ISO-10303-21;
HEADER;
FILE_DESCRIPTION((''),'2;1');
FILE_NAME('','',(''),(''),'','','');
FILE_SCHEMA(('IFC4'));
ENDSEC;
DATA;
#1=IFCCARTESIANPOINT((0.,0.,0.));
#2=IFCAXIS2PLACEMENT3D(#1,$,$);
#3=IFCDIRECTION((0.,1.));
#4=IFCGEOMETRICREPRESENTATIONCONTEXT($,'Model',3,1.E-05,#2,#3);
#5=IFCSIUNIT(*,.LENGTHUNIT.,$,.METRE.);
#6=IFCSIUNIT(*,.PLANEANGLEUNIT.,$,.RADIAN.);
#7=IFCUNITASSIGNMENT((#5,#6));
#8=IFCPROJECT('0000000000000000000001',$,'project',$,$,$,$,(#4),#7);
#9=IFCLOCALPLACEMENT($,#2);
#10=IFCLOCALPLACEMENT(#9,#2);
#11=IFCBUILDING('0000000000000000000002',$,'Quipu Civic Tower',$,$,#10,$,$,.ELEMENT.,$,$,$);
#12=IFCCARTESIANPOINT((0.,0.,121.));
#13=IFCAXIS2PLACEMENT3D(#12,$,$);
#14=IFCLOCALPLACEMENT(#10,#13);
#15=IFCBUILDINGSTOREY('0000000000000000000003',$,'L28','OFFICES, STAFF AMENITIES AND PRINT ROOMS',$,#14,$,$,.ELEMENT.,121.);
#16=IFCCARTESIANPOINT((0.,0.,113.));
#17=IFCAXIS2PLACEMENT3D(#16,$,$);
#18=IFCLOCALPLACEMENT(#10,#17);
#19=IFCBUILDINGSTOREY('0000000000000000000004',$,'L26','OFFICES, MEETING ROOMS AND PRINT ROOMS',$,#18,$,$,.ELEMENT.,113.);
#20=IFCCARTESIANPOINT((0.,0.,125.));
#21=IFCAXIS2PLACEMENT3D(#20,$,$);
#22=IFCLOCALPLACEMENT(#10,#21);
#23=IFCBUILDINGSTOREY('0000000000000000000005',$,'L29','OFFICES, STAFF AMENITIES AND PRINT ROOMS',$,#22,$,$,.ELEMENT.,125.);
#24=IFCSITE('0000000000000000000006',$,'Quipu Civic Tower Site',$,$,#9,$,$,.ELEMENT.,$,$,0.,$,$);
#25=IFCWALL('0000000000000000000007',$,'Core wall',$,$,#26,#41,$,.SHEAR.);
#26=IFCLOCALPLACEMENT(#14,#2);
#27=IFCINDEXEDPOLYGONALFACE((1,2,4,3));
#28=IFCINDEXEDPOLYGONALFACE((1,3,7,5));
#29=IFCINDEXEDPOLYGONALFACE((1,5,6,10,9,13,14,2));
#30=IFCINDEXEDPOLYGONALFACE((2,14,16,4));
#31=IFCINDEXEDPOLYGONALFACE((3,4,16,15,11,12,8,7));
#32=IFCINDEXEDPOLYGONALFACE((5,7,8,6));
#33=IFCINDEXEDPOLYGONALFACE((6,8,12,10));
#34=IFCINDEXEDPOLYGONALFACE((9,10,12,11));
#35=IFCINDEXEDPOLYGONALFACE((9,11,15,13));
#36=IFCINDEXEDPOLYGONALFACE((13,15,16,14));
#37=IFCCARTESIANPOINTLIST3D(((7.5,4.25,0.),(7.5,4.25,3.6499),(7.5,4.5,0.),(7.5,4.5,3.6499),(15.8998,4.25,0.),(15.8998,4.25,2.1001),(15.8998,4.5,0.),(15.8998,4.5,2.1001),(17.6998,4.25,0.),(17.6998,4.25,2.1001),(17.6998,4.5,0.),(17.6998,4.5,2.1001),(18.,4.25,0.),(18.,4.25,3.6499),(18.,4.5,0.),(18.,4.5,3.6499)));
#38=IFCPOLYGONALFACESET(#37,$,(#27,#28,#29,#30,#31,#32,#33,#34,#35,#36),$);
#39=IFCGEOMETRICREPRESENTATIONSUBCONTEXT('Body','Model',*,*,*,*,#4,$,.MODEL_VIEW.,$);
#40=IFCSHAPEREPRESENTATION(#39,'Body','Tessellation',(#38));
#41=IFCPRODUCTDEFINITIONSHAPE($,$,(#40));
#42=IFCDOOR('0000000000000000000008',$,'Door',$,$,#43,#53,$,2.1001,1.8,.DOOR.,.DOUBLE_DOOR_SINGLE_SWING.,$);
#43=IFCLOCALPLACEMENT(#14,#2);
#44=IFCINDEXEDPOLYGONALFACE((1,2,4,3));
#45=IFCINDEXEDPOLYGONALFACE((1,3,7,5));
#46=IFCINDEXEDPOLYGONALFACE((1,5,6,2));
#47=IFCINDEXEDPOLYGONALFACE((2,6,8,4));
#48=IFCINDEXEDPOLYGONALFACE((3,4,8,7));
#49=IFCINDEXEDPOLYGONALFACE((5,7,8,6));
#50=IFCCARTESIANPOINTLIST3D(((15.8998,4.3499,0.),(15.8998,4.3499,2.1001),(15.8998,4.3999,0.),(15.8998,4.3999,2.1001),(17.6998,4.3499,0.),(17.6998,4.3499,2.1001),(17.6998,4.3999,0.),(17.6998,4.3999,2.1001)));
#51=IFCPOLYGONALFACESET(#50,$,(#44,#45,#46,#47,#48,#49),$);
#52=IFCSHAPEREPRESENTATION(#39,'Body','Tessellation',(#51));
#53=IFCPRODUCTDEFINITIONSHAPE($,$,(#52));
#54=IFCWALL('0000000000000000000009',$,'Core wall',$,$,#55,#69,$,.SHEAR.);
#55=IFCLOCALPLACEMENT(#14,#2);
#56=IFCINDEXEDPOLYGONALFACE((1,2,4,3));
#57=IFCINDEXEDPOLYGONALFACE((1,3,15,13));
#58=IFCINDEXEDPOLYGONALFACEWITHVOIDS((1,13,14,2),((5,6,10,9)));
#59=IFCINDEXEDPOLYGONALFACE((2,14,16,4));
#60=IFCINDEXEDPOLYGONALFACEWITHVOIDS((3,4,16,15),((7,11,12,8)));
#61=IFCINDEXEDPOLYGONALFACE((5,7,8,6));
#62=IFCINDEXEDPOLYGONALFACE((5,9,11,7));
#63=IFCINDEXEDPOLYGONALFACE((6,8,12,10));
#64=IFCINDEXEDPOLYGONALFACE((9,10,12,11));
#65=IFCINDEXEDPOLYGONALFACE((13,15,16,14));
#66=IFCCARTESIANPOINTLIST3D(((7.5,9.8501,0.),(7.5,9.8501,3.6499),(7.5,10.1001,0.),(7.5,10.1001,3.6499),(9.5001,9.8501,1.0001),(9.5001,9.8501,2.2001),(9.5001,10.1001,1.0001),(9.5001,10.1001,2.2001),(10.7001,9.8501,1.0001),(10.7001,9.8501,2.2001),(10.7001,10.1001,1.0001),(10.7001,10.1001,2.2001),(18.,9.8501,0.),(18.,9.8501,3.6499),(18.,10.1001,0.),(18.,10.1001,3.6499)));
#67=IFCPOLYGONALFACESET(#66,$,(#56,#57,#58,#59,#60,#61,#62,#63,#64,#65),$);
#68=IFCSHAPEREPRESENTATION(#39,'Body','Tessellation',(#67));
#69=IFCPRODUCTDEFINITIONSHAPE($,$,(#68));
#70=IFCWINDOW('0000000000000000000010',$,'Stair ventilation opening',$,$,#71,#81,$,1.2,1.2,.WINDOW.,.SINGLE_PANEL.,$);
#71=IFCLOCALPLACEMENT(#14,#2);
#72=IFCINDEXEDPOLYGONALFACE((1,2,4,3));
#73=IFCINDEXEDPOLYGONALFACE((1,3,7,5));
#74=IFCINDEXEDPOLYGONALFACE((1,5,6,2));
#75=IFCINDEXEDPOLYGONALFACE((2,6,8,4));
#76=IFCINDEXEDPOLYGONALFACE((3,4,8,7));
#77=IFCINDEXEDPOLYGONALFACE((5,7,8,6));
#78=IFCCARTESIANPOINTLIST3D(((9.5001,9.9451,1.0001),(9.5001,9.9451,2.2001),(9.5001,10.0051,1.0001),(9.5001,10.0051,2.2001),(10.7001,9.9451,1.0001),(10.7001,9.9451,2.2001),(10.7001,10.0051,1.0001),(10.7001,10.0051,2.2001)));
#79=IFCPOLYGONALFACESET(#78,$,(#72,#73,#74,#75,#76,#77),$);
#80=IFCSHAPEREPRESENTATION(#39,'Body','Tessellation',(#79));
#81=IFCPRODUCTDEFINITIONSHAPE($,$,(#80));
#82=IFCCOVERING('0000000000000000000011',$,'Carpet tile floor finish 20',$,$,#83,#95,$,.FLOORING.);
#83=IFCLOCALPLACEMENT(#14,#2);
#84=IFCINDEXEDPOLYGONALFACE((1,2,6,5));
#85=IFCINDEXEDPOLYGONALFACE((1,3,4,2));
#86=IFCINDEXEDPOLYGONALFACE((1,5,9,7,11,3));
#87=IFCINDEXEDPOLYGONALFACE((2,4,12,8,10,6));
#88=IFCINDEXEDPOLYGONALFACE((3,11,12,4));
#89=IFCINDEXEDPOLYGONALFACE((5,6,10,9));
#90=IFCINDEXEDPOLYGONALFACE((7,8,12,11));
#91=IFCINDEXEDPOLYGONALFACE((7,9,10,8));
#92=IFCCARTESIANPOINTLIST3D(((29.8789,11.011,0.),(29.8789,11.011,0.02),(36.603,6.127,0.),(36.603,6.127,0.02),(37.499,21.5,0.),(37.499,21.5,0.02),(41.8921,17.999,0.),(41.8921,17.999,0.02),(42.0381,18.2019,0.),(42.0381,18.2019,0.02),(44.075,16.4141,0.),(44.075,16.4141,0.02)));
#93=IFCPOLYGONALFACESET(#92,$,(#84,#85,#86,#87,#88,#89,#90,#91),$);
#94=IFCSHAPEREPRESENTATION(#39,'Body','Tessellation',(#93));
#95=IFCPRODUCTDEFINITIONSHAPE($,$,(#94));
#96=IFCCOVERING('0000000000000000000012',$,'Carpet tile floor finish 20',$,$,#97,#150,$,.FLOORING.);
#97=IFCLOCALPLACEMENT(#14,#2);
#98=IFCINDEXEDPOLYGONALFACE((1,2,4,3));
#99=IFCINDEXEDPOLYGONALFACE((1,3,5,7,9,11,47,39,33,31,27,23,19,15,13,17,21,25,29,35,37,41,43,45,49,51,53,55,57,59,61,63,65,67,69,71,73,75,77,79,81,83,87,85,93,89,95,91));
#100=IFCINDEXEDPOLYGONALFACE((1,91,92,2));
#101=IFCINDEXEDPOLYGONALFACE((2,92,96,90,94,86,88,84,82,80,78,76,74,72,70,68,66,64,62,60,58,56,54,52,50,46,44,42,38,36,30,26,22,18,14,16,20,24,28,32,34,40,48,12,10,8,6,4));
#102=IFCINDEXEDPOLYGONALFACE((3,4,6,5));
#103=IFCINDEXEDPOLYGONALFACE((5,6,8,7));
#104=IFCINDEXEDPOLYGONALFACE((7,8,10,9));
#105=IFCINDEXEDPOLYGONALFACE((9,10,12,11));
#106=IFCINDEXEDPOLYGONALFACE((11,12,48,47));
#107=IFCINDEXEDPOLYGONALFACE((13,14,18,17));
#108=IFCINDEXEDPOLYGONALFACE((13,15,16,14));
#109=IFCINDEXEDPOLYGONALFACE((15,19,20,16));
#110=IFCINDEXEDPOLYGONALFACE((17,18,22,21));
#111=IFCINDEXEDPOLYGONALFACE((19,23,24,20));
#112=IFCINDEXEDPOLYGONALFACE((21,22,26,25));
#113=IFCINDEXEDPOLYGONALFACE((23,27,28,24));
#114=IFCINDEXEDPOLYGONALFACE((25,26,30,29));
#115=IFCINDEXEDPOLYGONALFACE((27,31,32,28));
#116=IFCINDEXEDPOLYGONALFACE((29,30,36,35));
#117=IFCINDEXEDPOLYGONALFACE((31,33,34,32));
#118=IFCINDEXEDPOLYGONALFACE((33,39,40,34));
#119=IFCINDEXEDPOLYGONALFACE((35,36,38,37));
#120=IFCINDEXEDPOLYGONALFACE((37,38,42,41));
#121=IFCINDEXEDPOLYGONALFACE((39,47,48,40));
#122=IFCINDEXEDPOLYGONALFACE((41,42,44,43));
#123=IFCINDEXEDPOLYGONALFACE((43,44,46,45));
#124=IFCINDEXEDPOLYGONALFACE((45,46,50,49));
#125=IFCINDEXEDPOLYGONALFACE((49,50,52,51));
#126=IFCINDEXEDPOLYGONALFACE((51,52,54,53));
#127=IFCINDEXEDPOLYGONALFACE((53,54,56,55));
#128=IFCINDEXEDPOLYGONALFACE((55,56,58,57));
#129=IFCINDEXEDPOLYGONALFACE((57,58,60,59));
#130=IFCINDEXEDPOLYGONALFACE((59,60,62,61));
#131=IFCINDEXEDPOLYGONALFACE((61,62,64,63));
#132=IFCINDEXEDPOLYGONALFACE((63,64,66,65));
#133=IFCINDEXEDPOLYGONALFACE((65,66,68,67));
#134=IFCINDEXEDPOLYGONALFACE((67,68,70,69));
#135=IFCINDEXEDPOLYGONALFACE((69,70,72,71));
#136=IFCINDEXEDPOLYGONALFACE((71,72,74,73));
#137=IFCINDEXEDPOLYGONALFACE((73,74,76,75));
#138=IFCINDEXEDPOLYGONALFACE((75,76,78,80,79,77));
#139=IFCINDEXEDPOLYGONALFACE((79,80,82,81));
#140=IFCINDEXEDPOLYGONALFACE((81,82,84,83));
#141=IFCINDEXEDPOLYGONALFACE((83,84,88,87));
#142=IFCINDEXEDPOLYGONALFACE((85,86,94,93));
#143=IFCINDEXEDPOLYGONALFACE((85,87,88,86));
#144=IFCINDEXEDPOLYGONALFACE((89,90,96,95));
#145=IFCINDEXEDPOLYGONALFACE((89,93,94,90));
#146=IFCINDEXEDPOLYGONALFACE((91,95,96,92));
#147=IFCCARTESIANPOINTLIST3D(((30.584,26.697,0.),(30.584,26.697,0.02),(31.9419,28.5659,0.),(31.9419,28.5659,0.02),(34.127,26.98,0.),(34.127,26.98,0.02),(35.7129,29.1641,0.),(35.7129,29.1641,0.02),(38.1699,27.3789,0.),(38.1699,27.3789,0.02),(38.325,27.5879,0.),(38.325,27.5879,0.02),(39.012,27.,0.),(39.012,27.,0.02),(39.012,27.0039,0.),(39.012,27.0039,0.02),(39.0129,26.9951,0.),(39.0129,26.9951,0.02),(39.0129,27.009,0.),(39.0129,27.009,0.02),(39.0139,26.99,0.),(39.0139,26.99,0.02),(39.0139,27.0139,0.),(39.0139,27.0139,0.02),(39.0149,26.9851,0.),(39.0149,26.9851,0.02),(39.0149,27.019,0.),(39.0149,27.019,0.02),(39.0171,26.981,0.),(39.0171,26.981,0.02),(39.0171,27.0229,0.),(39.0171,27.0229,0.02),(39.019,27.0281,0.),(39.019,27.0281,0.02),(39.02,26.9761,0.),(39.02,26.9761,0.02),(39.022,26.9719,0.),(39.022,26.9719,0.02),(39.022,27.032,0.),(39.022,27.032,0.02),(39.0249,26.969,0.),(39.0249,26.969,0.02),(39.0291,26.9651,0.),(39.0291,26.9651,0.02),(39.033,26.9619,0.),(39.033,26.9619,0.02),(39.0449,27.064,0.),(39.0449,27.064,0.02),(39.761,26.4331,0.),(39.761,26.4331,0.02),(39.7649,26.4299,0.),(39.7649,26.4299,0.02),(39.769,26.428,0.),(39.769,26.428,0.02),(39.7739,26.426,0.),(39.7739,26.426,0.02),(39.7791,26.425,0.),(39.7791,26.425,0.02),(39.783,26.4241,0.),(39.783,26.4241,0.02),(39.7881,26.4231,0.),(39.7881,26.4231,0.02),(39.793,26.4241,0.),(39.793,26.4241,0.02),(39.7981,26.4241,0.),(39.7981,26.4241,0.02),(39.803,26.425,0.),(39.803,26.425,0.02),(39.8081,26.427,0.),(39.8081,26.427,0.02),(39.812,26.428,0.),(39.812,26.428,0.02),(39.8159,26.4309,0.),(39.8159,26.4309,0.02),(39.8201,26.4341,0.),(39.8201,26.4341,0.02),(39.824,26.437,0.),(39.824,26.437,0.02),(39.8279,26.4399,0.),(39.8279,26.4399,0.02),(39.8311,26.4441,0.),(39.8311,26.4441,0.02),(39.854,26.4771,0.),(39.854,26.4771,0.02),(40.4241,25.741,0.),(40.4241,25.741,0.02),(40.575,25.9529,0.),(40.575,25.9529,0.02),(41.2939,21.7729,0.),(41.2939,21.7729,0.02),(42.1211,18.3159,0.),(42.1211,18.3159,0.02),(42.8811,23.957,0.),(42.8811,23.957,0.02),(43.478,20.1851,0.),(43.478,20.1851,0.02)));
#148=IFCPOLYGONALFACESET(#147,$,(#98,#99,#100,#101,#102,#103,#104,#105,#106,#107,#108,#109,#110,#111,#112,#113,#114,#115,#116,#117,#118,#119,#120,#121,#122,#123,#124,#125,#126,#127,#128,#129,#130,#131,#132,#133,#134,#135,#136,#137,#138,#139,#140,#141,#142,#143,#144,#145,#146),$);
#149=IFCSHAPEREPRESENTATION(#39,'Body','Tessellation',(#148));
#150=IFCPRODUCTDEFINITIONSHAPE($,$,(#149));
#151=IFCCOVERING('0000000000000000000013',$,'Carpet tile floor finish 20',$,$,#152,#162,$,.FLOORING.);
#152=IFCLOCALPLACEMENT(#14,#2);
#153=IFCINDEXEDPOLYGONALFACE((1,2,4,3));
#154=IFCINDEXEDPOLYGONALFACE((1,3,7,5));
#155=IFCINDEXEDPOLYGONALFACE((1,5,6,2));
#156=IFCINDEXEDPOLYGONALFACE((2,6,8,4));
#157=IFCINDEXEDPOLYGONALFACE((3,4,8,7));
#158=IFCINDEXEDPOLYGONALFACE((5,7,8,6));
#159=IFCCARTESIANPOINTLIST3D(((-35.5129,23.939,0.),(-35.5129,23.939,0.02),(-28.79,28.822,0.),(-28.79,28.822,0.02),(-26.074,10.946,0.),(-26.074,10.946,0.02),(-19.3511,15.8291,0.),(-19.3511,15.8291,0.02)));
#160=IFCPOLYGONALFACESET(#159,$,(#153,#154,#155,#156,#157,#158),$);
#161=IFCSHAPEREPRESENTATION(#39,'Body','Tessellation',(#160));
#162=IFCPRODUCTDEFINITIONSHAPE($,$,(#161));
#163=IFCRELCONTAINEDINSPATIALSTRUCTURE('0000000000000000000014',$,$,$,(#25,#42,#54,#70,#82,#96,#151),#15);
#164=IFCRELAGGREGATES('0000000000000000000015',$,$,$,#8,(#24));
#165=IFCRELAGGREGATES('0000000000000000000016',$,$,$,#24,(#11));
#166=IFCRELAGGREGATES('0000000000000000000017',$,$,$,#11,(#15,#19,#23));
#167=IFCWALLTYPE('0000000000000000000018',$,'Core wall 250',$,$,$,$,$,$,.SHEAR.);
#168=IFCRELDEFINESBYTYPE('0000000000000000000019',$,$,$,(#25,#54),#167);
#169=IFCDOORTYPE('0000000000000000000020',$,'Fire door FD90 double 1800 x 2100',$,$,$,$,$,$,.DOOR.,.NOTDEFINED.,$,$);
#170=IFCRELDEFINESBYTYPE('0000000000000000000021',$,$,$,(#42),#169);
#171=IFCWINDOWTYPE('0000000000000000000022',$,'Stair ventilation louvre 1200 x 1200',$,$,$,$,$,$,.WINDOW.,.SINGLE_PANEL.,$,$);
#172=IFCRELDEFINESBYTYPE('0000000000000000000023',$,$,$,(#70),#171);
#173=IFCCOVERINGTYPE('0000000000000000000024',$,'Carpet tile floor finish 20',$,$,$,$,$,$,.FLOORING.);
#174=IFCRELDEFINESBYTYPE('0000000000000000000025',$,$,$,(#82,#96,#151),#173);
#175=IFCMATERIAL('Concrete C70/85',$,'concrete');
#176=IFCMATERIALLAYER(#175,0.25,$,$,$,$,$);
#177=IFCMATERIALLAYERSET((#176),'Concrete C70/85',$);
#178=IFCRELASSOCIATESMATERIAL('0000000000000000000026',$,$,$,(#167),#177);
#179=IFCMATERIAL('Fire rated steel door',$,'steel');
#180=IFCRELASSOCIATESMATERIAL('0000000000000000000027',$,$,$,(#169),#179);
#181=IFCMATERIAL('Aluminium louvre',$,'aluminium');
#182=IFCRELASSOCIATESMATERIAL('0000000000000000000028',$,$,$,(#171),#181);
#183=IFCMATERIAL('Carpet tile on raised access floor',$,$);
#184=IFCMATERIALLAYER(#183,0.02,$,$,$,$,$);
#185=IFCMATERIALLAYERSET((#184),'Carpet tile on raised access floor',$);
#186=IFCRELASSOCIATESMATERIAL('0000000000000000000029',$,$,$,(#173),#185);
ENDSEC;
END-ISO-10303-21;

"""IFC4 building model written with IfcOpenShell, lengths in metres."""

from ifc_helpers import new_model, si_unit, direction, frame, frame_2d, origin, place, context, subcontext, project, spatial, polyline, rectangle, outline, extrude, material, layer, layer_set, type_object, element, fill, save


model = new_model("IFC4")

# Units and contexts
model_context = context("Model", 3, precision=1e-05, world=origin(), true_north=direction((0.0, 1.0)))
body_context = subcontext(model_context, "Body", "Model", "MODEL_VIEW")
ifc_project = project(units=[si_unit("LENGTHUNIT", "METRE"), si_unit("PLANEANGLEUNIT", "RADIAN")], contexts=[model_context])

# Site, building, storey
site_placement = place(None, origin())
site = spatial("IfcSite", under=ifc_project, at=site_placement, Name="Quipu Civic Tower Site", CompositionType="ELEMENT", RefElevation=0.0)
building_placement = place(site_placement, origin())
building = spatial("IfcBuilding", under=site, at=building_placement, Name="Quipu Civic Tower", CompositionType="ELEMENT")
storey_1_placement = place(building_placement, frame((0.0, 0.0, 121.0)))
storey_1 = spatial("IfcBuildingStorey", under=building, at=storey_1_placement, Name="L28", Description="OFFICES, STAFF AMENITIES AND PRINT ROOMS", CompositionType="ELEMENT", Elevation=121.0)

# Shared definitions
storey_2_placement = place(building_placement, frame((0.0, 0.0, 113.0)))
storey_2 = spatial("IfcBuildingStorey", under=building, at=storey_2_placement, Name="L26", Description="OFFICES, MEETING ROOMS AND PRINT ROOMS", CompositionType="ELEMENT", Elevation=113.0)

# Shared definitions
storey_3_placement = place(building_placement, frame((0.0, 0.0, 125.0)))
storey_3 = spatial("IfcBuildingStorey", under=building, at=storey_3_placement, Name="L29", Description="OFFICES, STAFF AMENITIES AND PRINT ROOMS", CompositionType="ELEMENT", Elevation=125.0)

# Wall, opening, door
ifc_material_1 = material(Name="Concrete C70/85", Category="concrete")
ifc_layer_1 = layer(ifc_material_1, 0.25)
ifc_layer_set_1 = layer_set([ifc_layer_1], Name="Concrete C70/85")
wall_type_1 = type_object("IfcWallType", Name="Core wall 250", PredefinedType="SHEAR", material=ifc_layer_set_1)
wall_1_placement = place(storey_1_placement, frame((7.5, 4.375, 0.0), z_axis=(0.0, 0.0, 1.0), x_axis=(1.0, 0.0, 0.0)))
wall_1 = element("IfcWall", 1, at=wall_1_placement, inside=storey_1, type_object=wall_type_1, Name="Core wall", PredefinedType="SHEAR", context=body_context, shape_type="SweptSolid", body=[
    extrude(rectangle(XDim=10.5, YDim=0.25, at=frame_2d((5.25, 0.0))), origin(), (0.0, 0.0, 1.0), 3.6499),
])
opening_1_placement = place(wall_1_placement, frame((8.3999, 0.0, 0.0)))
opening_1 = element("IfcOpeningElement", 2, at=opening_1_placement, cuts=wall_1, PredefinedType="OPENING", context=body_context, shape_type="SweptSolid", body=[
    extrude(rectangle(XDim=1.8, YDim=2.1001, at=frame_2d((0.8999, 1.05))), frame((0.0, 0.135, 0.0), z_axis=(0.0, -1.0, 0.0), x_axis=(1.0, 0.0, 0.0)), (0.0, 0.0, 1.0), 0.27),
])
ifc_material_2 = material(Name="Fire rated steel door", Category="steel")
door_type = type_object("IfcDoorType", Name="Fire door FD90 double 1800 x 2100", OperationType="NOTDEFINED", PredefinedType="DOOR", material=ifc_material_2)
door_placement = place(opening_1_placement, origin())
door = element("IfcDoor", 3, at=door_placement, inside=storey_1, type_object=door_type, Name="Door", OperationType="DOUBLE_DOOR_SINGLE_SWING", OverallHeight=2.1001, OverallWidth=1.8, PredefinedType="DOOR", context=body_context, shape_type="SweptSolid", body=[
    extrude(rectangle(XDim=1.8, YDim=2.1001, at=frame_2d((0.8999, 1.05))), frame((0.0, 0.0249, 0.0), z_axis=(0.0, -1.0, 0.0), x_axis=(1.0, 0.0, 0.0)), (0.0, 0.0, 1.0), 0.05),
])
fill(opening_1, door)

# Wall, opening, window
wall_2_placement = place(storey_1_placement, frame((7.5, 9.9751, 0.0), z_axis=(0.0, 0.0, 1.0), x_axis=(1.0, 0.0, 0.0)))
wall_2 = element("IfcWall", 4, at=wall_2_placement, inside=storey_1, type_object=wall_type_1, Name="Core wall", PredefinedType="SHEAR", context=body_context, shape_type="SweptSolid", body=[
    extrude(rectangle(XDim=10.5, YDim=0.25, at=frame_2d((5.25, 0.0))), origin(), (0.0, 0.0, 1.0), 3.6499),
])
opening_2_placement = place(wall_2_placement, frame((2.0, 0.0, 1.0)))
opening_2 = element("IfcOpeningElement", 5, at=opening_2_placement, cuts=wall_2, PredefinedType="OPENING", context=body_context, shape_type="SweptSolid", body=[
    extrude(rectangle(XDim=1.2, YDim=1.2, at=frame_2d((0.6001, 0.6001))), frame((0.0, 0.135, 0.0), z_axis=(0.0, -1.0, 0.0), x_axis=(1.0, 0.0, 0.0)), (0.0, 0.0, 1.0), 0.27),
])
ifc_material_3 = material(Name="Aluminium louvre", Category="aluminium")
window_type = type_object("IfcWindowType", Name="Stair ventilation louvre 1200 x 1200", PartitioningType="SINGLE_PANEL", PredefinedType="WINDOW", material=ifc_material_3)
window_placement = place(opening_2_placement, origin())
window = element("IfcWindow", 6, at=window_placement, inside=storey_1, type_object=window_type, Name="Stair ventilation opening", OverallHeight=1.2, OverallWidth=1.2, PartitioningType="SINGLE_PANEL", PredefinedType="WINDOW", context=body_context, shape_type="SweptSolid", body=[
    extrude(rectangle(XDim=1.2, YDim=1.2, at=frame_2d((0.6001, 0.6001))), frame((0.0, 0.03, 0.0), z_axis=(0.0, -1.0, 0.0), x_axis=(1.0, 0.0, 0.0)), (0.0, 0.0, 1.0), 0.0601),
])
fill(opening_2, window)

# Coverings
ifc_material_4 = material(Name="Carpet tile on raised access floor")
ifc_layer_2 = layer(ifc_material_4, 0.02)
ifc_layer_set_2 = layer_set([ifc_layer_2], Name="Carpet tile on raised access floor")
covering_type_1 = type_object("IfcCoveringType", Name="Carpet tile floor finish 20", PredefinedType="FLOORING", material=ifc_layer_set_2)
covering_1_placement = place(storey_1_placement, origin())
element("IfcCovering", 7, at=covering_1_placement, inside=storey_1, type_object=covering_type_1, Name="Carpet tile floor finish 20", PredefinedType="FLOORING", context=body_context, shape_type="SweptSolid", body=[
    extrude(outline(polyline([(29.8789, 11.011), (37.499, 21.5), (42.0381, 18.2019), (41.8921, 17.999), (44.075, 16.4141), (36.603, 6.127), (29.8789, 11.011)])), origin(), (0.0, 0.0, 1.0), 0.02),
])
covering_2_placement = place(storey_1_placement, origin())
element("IfcCovering", 8, at=covering_2_placement, inside=storey_1, type_object=covering_type_1, Name="Carpet tile floor finish 20", PredefinedType="FLOORING", context=body_context, shape_type="SweptSolid", body=[
    extrude(outline(polyline([(30.584, 26.697), (31.9419, 28.5659), (34.127, 26.98), (35.7129, 29.1641), (38.1699, 27.3789), (38.325, 27.5879), (39.0449, 27.064), (39.022, 27.032), (39.019, 27.0281), (39.0171, 27.0229), (39.0149, 27.019), (39.0139, 27.0139), (39.0129, 27.009), (39.012, 27.0039), (39.012, 27.0), (39.0129, 26.9951), (39.0139, 26.99), (39.0149, 26.9851), (39.0171, 26.981), (39.02, 26.9761), (39.022, 26.9719), (39.0249, 26.969), (39.0291, 26.9651), (39.033, 26.9619), (39.761, 26.4331), (39.7649, 26.4299), (39.769, 26.428), (39.7739, 26.426), (39.7791, 26.425), (39.783, 26.4241), (39.7881, 26.4231), (39.793, 26.4241), (39.7981, 26.4241), (39.803, 26.425), (39.8081, 26.427), (39.812, 26.428), (39.8159, 26.4309), (39.8201, 26.4341), (39.824, 26.437), (39.8279, 26.4399), (39.8311, 26.4441), (39.854, 26.4771), (40.575, 25.9529), (40.4241, 25.741), (42.8811, 23.957), (41.2939, 21.7729), (43.478, 20.1851), (42.1211, 18.3159), (30.584, 26.697)])), origin(), (0.0, 0.0, 1.0), 0.02),
])
covering_3_placement = place(storey_1_placement, origin())
element("IfcCovering", 9, at=covering_3_placement, inside=storey_1, type_object=covering_type_1, Name="Carpet tile floor finish 20", PredefinedType="FLOORING", context=body_context, shape_type="SweptSolid", body=[
    extrude(outline(polyline([(-35.5129, 23.939), (-28.79, 28.822), (-19.3511, 15.8291), (-26.074, 10.946), (-35.5129, 23.939)])), origin(), (0.0, 0.0, 1.0), 0.02),
])

save(model, "model.ifc")
